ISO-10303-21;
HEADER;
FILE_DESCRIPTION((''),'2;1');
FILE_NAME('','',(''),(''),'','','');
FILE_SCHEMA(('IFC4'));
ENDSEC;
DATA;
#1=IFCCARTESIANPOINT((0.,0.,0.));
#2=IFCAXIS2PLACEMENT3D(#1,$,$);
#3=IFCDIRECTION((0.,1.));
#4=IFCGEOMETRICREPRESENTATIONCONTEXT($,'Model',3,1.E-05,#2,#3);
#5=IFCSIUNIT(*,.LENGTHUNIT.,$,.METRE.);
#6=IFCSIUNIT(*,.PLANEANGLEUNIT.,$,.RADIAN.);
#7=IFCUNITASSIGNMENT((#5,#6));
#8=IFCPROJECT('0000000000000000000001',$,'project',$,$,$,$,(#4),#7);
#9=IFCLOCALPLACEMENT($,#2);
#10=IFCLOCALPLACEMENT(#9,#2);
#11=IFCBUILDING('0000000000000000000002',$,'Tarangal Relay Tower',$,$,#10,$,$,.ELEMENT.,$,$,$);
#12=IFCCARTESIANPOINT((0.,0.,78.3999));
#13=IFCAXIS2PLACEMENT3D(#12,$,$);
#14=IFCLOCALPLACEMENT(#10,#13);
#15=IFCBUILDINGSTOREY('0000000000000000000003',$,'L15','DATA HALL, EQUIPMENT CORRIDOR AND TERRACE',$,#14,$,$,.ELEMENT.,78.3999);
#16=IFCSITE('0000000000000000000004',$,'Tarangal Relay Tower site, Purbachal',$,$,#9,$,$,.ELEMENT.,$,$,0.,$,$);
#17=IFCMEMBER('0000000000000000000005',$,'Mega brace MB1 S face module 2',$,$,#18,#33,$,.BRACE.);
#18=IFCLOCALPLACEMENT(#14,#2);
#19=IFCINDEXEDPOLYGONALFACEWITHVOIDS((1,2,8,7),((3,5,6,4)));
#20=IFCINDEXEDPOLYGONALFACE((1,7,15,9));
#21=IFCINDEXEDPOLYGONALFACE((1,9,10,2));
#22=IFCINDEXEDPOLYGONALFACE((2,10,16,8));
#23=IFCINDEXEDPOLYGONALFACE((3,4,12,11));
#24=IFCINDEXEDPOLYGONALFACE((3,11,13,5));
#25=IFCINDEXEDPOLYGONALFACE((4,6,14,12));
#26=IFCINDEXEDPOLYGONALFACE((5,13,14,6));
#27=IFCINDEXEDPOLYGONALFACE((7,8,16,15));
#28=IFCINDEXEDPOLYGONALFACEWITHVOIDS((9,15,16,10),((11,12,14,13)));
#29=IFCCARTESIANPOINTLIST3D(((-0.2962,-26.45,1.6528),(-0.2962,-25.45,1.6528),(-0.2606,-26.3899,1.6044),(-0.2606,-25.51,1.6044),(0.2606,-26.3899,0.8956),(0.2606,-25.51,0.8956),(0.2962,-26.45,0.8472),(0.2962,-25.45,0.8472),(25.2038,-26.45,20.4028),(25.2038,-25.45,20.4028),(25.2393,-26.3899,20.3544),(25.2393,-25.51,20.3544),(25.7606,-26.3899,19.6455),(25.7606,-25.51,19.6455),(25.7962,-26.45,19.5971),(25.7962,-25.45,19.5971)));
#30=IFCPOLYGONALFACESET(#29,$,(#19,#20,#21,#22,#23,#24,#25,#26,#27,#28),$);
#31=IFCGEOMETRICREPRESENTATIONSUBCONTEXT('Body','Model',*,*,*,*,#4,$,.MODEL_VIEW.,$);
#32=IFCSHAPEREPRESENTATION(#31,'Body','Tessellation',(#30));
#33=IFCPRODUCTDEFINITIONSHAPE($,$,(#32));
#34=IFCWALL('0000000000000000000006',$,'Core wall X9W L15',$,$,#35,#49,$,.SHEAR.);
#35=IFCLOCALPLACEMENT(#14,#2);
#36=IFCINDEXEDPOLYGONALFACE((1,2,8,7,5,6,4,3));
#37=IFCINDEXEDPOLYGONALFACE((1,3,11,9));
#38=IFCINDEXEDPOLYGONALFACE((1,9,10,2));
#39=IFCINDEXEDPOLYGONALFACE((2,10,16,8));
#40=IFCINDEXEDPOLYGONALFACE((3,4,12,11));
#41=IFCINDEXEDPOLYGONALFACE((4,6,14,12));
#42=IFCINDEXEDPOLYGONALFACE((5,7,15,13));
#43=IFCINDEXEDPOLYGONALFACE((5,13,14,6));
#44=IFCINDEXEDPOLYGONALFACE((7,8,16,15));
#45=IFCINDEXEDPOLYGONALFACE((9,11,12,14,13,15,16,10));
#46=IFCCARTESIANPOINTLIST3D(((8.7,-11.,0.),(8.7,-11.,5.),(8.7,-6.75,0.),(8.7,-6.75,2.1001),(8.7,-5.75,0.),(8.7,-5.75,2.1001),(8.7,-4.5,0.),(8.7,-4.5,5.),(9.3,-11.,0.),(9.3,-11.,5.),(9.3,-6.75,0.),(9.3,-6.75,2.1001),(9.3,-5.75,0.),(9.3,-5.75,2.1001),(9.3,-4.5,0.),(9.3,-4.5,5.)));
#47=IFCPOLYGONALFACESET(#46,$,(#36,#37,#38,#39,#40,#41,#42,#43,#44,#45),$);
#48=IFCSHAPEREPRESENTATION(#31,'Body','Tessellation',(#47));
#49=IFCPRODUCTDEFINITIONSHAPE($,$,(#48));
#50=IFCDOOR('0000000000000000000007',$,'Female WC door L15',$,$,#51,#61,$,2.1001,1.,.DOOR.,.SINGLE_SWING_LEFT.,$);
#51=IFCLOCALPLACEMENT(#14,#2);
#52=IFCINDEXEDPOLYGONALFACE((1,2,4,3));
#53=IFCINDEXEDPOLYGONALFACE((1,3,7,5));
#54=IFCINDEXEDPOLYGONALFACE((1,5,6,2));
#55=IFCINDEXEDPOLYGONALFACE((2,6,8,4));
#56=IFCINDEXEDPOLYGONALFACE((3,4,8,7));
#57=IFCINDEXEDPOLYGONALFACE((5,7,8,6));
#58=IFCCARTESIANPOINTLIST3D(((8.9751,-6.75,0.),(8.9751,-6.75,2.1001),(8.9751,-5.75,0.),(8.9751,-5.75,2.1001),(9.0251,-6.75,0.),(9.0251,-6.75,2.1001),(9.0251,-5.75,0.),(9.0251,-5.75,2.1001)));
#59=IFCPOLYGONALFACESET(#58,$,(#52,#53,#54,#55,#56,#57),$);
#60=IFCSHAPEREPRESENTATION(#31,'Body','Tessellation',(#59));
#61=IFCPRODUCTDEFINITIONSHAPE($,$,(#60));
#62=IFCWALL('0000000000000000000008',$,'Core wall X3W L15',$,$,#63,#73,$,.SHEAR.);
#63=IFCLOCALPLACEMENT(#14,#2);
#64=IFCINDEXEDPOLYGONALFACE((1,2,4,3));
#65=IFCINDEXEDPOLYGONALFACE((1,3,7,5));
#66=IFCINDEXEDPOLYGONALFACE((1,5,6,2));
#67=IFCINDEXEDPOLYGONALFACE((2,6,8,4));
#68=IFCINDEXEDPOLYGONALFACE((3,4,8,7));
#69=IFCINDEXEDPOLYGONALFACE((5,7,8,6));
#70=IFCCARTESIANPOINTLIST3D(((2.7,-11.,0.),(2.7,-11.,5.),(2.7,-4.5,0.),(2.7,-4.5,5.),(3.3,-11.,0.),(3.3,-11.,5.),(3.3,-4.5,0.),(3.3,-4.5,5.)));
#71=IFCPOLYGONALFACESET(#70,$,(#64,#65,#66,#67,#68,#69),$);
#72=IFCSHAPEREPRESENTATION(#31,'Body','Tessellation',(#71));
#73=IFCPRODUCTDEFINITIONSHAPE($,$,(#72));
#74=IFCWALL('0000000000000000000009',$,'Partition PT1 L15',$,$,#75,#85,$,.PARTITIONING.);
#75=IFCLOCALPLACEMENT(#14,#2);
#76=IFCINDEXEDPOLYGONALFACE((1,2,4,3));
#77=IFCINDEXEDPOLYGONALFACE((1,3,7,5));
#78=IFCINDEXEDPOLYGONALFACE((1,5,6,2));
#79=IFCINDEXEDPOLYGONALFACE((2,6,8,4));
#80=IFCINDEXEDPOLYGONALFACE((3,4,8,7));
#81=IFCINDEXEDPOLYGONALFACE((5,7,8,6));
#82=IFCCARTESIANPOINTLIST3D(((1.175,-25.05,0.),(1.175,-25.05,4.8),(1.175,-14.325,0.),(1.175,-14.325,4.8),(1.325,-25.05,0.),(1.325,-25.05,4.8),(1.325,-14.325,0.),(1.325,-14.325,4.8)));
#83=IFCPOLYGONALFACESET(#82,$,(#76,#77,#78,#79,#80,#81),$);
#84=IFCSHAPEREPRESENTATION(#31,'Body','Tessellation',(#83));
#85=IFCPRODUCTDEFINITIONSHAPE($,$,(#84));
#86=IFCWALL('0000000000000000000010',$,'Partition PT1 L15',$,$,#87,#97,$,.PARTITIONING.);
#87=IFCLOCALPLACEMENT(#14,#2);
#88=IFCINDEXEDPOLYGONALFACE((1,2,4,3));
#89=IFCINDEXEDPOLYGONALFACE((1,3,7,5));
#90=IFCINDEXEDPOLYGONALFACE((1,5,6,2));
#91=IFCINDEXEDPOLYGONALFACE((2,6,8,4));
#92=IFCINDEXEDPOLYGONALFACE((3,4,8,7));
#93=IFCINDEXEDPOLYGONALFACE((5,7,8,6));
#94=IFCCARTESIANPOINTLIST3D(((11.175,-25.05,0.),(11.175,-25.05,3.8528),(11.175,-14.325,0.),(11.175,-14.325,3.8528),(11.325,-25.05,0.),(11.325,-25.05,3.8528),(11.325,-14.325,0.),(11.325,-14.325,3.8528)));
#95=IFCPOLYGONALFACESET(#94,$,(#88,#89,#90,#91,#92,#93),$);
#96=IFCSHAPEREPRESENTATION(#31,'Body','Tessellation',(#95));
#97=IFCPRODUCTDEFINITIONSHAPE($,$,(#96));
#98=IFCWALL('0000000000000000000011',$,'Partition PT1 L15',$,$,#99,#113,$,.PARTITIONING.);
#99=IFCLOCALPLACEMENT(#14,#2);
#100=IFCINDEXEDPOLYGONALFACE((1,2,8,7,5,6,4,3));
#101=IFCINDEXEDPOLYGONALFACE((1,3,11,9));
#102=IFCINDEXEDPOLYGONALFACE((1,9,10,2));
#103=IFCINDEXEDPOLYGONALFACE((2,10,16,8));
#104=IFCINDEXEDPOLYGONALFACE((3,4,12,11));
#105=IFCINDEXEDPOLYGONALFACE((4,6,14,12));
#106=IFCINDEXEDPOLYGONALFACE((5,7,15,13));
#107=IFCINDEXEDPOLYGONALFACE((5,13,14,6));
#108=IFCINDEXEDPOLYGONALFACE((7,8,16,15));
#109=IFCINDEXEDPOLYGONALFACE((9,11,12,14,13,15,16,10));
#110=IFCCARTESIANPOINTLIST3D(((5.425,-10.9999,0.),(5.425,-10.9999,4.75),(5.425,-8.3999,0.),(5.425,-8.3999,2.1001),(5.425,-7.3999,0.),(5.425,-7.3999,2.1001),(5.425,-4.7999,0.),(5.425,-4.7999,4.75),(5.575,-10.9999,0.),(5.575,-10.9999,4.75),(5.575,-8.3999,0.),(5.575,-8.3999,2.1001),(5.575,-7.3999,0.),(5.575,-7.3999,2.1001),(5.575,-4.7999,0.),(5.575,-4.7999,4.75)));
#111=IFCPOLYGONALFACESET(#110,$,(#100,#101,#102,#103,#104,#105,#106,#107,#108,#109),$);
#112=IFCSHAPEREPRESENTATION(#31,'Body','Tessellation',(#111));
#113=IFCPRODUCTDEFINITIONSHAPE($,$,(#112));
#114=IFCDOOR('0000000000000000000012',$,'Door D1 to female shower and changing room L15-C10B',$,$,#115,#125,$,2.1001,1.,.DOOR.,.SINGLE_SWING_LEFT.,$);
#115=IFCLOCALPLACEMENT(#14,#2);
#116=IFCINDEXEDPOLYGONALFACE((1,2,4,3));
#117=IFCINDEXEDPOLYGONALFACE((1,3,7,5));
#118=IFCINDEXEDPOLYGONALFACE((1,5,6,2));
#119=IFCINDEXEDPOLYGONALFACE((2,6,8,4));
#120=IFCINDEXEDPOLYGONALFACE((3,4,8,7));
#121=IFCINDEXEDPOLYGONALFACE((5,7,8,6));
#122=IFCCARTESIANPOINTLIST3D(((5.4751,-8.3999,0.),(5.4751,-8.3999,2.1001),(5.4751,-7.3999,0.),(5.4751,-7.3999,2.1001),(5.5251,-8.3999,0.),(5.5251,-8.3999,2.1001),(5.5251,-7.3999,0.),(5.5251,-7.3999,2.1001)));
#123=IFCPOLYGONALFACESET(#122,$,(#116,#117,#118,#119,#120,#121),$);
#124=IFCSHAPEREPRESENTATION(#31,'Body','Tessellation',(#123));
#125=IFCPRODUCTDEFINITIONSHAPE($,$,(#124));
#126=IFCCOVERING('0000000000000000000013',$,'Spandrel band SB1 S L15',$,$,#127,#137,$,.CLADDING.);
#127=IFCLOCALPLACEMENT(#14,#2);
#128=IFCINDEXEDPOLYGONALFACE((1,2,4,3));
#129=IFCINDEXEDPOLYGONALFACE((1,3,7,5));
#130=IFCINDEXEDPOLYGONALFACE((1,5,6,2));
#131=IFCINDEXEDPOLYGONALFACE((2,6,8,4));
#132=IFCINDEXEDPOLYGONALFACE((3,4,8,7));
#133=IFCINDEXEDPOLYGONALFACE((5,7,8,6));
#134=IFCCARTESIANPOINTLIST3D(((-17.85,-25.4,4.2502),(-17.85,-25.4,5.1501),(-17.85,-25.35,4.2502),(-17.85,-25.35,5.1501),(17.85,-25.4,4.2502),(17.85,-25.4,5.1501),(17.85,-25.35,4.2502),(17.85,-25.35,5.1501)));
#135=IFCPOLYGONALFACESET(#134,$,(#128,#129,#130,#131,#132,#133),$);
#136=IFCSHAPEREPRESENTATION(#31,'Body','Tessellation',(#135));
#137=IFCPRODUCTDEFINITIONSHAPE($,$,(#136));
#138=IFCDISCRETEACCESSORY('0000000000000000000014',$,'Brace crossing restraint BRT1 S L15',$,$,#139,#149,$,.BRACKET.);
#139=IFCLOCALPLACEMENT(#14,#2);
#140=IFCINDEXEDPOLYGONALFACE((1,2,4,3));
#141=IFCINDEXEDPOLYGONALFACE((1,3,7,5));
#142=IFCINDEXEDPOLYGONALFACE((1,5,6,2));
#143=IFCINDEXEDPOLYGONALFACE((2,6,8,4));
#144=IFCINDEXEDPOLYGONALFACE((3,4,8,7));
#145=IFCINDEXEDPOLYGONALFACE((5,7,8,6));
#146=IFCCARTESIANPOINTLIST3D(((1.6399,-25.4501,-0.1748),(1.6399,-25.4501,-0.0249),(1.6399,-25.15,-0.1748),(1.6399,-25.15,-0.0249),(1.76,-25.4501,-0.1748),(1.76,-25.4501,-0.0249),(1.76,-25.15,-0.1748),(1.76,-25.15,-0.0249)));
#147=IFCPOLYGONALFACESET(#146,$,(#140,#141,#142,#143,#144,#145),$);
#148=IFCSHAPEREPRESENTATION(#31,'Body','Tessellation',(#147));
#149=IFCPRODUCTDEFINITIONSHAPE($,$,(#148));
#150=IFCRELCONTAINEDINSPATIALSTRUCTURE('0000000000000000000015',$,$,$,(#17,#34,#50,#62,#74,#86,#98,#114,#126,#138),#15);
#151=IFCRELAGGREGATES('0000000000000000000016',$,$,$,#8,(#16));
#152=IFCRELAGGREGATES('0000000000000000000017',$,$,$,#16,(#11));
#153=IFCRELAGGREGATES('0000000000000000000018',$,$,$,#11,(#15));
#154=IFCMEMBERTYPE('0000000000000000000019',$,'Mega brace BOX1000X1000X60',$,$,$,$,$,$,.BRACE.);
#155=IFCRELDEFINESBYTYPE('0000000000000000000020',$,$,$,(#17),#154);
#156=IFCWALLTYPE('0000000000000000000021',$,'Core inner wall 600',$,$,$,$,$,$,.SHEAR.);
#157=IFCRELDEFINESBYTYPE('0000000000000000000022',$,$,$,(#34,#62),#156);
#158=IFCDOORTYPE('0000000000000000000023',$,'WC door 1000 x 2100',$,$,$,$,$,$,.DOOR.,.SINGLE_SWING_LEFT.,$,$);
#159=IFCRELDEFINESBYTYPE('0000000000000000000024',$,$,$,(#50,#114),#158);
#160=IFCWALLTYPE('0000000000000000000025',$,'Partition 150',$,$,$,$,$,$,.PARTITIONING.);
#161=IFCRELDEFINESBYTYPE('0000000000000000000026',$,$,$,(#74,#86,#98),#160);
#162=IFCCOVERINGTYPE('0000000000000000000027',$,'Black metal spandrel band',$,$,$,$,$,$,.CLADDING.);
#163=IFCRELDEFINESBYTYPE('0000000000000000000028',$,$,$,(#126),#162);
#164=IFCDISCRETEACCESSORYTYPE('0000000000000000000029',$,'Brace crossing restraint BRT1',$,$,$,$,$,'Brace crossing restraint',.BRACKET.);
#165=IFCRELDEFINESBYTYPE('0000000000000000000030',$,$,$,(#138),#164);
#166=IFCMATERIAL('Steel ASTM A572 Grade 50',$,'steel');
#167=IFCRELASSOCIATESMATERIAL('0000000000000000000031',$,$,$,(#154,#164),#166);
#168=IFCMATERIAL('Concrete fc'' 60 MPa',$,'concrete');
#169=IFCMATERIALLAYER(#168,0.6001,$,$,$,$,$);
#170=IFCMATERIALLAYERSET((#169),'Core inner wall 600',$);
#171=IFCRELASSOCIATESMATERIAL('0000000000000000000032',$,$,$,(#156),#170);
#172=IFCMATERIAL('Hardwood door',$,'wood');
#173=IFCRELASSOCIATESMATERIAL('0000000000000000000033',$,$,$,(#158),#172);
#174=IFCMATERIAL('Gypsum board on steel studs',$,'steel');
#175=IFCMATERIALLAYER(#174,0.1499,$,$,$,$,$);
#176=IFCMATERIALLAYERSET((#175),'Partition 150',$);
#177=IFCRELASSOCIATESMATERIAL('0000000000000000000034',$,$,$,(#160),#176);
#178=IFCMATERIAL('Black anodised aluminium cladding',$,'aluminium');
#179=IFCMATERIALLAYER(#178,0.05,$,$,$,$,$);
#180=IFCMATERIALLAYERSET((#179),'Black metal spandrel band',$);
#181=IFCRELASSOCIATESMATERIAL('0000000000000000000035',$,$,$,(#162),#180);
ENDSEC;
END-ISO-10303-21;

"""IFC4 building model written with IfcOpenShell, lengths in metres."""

from ifc_helpers import new_model, si_unit, direction, frame, frame_2d, origin, origin_2d, place, context, subcontext, project, spatial, rectangle, hollow_rectangle, extrude, material, layer, layer_set, material_profile, profile_set, type_object, element, fill, save


model = new_model("IFC4")

# Units and contexts
model_context = context("Model", 3, precision=1e-05, world=origin(), true_north=direction((0.0, 1.0)))
body_context = subcontext(model_context, "Body", "Model", "MODEL_VIEW")
ifc_project = project(units=[si_unit("LENGTHUNIT", "METRE"), si_unit("PLANEANGLEUNIT", "RADIAN")], contexts=[model_context])

# Site, building, storey
site_placement = place(None, origin())
site = spatial("IfcSite", under=ifc_project, at=site_placement, Name="Tarangal Relay Tower site, Purbachal", CompositionType="ELEMENT", RefElevation=0.0)
building_placement = place(site_placement, origin())
building = spatial("IfcBuilding", under=site, at=building_placement, Name="Tarangal Relay Tower", CompositionType="ELEMENT")
storey_placement = place(building_placement, frame((0.0, 0.0, 78.3999)))
storey = spatial("IfcBuildingStorey", under=building, at=storey_placement, Name="L15", Description="DATA HALL, EQUIPMENT CORRIDOR AND TERRACE", CompositionType="ELEMENT", Elevation=78.3999)

# Shared definitions
ifc_material_1 = material(Name="Steel ASTM A572 Grade 50", Category="steel")

# Member
ifc_material_profile_1 = material_profile(ifc_material_1, hollow_rectangle(XDim=1.0, YDim=1.0, WallThickness=0.0601, at=origin_2d()), Name="BOX1000X1000X60")
ifc_profile_set_1 = profile_set([ifc_material_profile_1], Name="Steel ASTM A572 Grade 50")
member_type = type_object("IfcMemberType", Name="Mega brace BOX1000X1000X60", PredefinedType="BRACE", material=ifc_profile_set_1)
for number, where, z_axis, x_axis, name in (
    (1, (0.0, -25.95, 1.25), (0.805651, 0.0, 0.59239), (0.0, 1.0, 0.0), "Mega brace MB1 S face module 2"),
):
    element("IfcMember", number, at=place(storey_placement, frame(where, z_axis=z_axis, x_axis=x_axis)), inside=storey, type_object=member_type, Name=name, PredefinedType="BRACE", context=body_context, shape_type="SweptSolid", body=[
        extrude(hollow_rectangle(XDim=1.0, YDim=1.0, WallThickness=0.0601, at=origin_2d()), origin(), (0.0, 0.0, 1.0), 31.6514),
    ])

# Wall, opening, door
ifc_material_2 = material(Name="Concrete fc' 60 MPa", Category="concrete")
ifc_layer_1 = layer(ifc_material_2, 0.6001)
ifc_layer_set_1 = layer_set([ifc_layer_1], Name="Core inner wall 600")
wall_type_1 = type_object("IfcWallType", Name="Core inner wall 600", PredefinedType="SHEAR", material=ifc_layer_set_1)
wall_1_placement = place(storey_placement, frame((9.0, -11.0, 0.0), z_axis=(0.0, 0.0, 1.0), x_axis=(0.0, 1.0, 0.0)))
wall_1 = element("IfcWall", 2, at=wall_1_placement, inside=storey, type_object=wall_type_1, Name="Core wall X9W L15", PredefinedType="SHEAR", context=body_context, shape_type="SweptSolid", body=[
    extrude(rectangle(XDim=6.5, YDim=0.6001, at=frame_2d((3.25, 0.0))), origin(), (0.0, 0.0, 1.0), 5.0),
])
opening_1_placement = place(wall_1_placement, frame((4.25, 0.0, 0.0)))
opening_1 = element("IfcOpeningElement", 3, at=opening_1_placement, cuts=wall_1, PredefinedType="OPENING", context=body_context, shape_type="SweptSolid", body=[
    extrude(rectangle(XDim=1.0, YDim=2.1001, at=frame_2d((0.5, 1.05))), frame((0.0, 0.3101, 0.0), z_axis=(0.0, -1.0, 0.0), x_axis=(1.0, 0.0, 0.0)), (0.0, 0.0, 1.0), 0.6201),
])
ifc_material_3 = material(Name="Hardwood door", Category="wood")
door_type = type_object("IfcDoorType", Name="WC door 1000 x 2100", OperationType="SINGLE_SWING_LEFT", PredefinedType="DOOR", material=ifc_material_3)
door_1_placement = place(opening_1_placement, origin())
door_1 = element("IfcDoor", 4, at=door_1_placement, inside=storey, type_object=door_type, Name="Female WC door L15", OperationType="SINGLE_SWING_LEFT", OverallHeight=2.1001, OverallWidth=1.0, PredefinedType="DOOR", context=body_context, shape_type="SweptSolid", body=[
    extrude(rectangle(XDim=1.0, YDim=2.1001, at=frame_2d((0.5, 1.05))), frame((0.0, 0.0249, 0.0), z_axis=(0.0, -1.0, 0.0), x_axis=(1.0, 0.0, 0.0)), (0.0, 0.0, 1.0), 0.05),
])
fill(opening_1, door_1)

# Walls
wall_2_placement = place(storey_placement, frame((3.0, -11.0, 0.0), z_axis=(0.0, 0.0, 1.0), x_axis=(0.0, 1.0, 0.0)))
element("IfcWall", 5, at=wall_2_placement, inside=storey, type_object=wall_type_1, Name="Core wall X3W L15", PredefinedType="SHEAR", context=body_context, shape_type="SweptSolid", body=[
    extrude(rectangle(XDim=6.5, YDim=0.6001, at=frame_2d((3.25, 0.0))), origin(), (0.0, 0.0, 1.0), 5.0),
])
ifc_material_4 = material(Name="Gypsum board on steel studs", Category="steel")
ifc_layer_2 = layer(ifc_material_4, 0.1499)
ifc_layer_set_2 = layer_set([ifc_layer_2], Name="Partition 150")
wall_type_2 = type_object("IfcWallType", Name="Partition 150", PredefinedType="PARTITIONING", material=ifc_layer_set_2)
wall_3_placement = place(storey_placement, frame((1.25, -25.05, 0.0), z_axis=(0.0, 0.0, 1.0), x_axis=(0.0, 1.0, 0.0)))
element("IfcWall", 6, at=wall_3_placement, inside=storey, type_object=wall_type_2, Name="Partition PT1 L15", PredefinedType="PARTITIONING", context=body_context, shape_type="SweptSolid", body=[
    extrude(rectangle(XDim=10.7251, YDim=0.1499, at=frame_2d((5.3625, 0.0))), origin(), (0.0, 0.0, 1.0), 4.8),
])
wall_4_placement = place(storey_placement, frame((11.25, -25.05, 0.0), z_axis=(0.0, 0.0, 1.0), x_axis=(0.0, 1.0, 0.0)))
element("IfcWall", 7, at=wall_4_placement, inside=storey, type_object=wall_type_2, Name="Partition PT1 L15", PredefinedType="PARTITIONING", context=body_context, shape_type="SweptSolid", body=[
    extrude(rectangle(XDim=10.7251, YDim=0.1499, at=frame_2d((5.3625, 0.0))), origin(), (0.0, 0.0, 1.0), 3.8528),
])

# Wall, opening, door
wall_5_placement = place(storey_placement, frame((5.5, -11.0, 0.0), z_axis=(0.0, 0.0, 1.0), x_axis=(0.0, 1.0, 0.0)))
wall_5 = element("IfcWall", 8, at=wall_5_placement, inside=storey, type_object=wall_type_2, Name="Partition PT1 L15", PredefinedType="PARTITIONING", context=body_context, shape_type="SweptSolid", body=[
    extrude(rectangle(XDim=6.2, YDim=0.1499, at=frame_2d((3.1001, 0.0))), origin(), (0.0, 0.0, 1.0), 4.75),
])
opening_2_placement = place(wall_5_placement, frame((2.6001, 0.0, 0.0)))
opening_2 = element("IfcOpeningElement", 9, at=opening_2_placement, cuts=wall_5, PredefinedType="OPENING", context=body_context, shape_type="SweptSolid", body=[
    extrude(rectangle(XDim=1.0, YDim=2.1001, at=frame_2d((0.5, 1.05))), frame((0.0, 0.085, 0.0), z_axis=(0.0, -1.0, 0.0), x_axis=(1.0, 0.0, 0.0)), (0.0, 0.0, 1.0), 0.1699),
])
door_2_placement = place(opening_2_placement, origin())
door_2 = element("IfcDoor", 10, at=door_2_placement, inside=storey, type_object=door_type, Name="Door D1 to female shower and changing room L15-C10B", OperationType="SINGLE_SWING_LEFT", OverallHeight=2.1001, OverallWidth=1.0, PredefinedType="DOOR", context=body_context, shape_type="SweptSolid", body=[
    extrude(rectangle(XDim=1.0, YDim=2.1001, at=frame_2d((0.5, 1.05))), frame((0.0, 0.0249, 0.0), z_axis=(0.0, -1.0, 0.0), x_axis=(1.0, 0.0, 0.0)), (0.0, 0.0, 1.0), 0.05),
])
fill(opening_2, door_2)

# Covering
ifc_material_5 = material(Name="Black anodised aluminium cladding", Category="aluminium")
ifc_layer_3 = layer(ifc_material_5, 0.05)
ifc_layer_set_3 = layer_set([ifc_layer_3], Name="Black metal spandrel band")
covering_type = type_object("IfcCoveringType", Name="Black metal spandrel band", PredefinedType="CLADDING", material=ifc_layer_set_3)
covering_placement = place(storey_placement, frame((0.0, -25.375, 4.2502), z_axis=(0.0, 0.0, 1.0), x_axis=(-1.0, 0.0, 0.0)))
element("IfcCovering", 11, at=covering_placement, inside=storey, type_object=covering_type, Name="Spandrel band SB1 S L15", PredefinedType="CLADDING", context=body_context, shape_type="SweptSolid", body=[
    extrude(rectangle(XDim=35.7, YDim=0.05, at=origin_2d()), origin(), (0.0, 0.0, 1.0), 0.8999),
])

# Discrete accessory
discrete_accessory_type = type_object("IfcDiscreteAccessoryType", Name="Brace crossing restraint BRT1", ElementType="Brace crossing restraint", PredefinedType="BRACKET", material=ifc_material_1)
discrete_accessory_placement = place(storey_placement, frame((1.7, -25.3, -0.1748), z_axis=(0.0, 0.0, 1.0), x_axis=(1.0, 0.0, 0.0)))
element("IfcDiscreteAccessory", 12, at=discrete_accessory_placement, inside=storey, type_object=discrete_accessory_type, Name="Brace crossing restraint BRT1 S L15", PredefinedType="BRACKET", context=body_context, shape_type="SweptSolid", body=[
    extrude(rectangle(XDim=0.1201, YDim=0.3, at=origin_2d()), origin(), (0.0, 0.0, 1.0), 0.1499),
])

save(model, "model.ifc")
